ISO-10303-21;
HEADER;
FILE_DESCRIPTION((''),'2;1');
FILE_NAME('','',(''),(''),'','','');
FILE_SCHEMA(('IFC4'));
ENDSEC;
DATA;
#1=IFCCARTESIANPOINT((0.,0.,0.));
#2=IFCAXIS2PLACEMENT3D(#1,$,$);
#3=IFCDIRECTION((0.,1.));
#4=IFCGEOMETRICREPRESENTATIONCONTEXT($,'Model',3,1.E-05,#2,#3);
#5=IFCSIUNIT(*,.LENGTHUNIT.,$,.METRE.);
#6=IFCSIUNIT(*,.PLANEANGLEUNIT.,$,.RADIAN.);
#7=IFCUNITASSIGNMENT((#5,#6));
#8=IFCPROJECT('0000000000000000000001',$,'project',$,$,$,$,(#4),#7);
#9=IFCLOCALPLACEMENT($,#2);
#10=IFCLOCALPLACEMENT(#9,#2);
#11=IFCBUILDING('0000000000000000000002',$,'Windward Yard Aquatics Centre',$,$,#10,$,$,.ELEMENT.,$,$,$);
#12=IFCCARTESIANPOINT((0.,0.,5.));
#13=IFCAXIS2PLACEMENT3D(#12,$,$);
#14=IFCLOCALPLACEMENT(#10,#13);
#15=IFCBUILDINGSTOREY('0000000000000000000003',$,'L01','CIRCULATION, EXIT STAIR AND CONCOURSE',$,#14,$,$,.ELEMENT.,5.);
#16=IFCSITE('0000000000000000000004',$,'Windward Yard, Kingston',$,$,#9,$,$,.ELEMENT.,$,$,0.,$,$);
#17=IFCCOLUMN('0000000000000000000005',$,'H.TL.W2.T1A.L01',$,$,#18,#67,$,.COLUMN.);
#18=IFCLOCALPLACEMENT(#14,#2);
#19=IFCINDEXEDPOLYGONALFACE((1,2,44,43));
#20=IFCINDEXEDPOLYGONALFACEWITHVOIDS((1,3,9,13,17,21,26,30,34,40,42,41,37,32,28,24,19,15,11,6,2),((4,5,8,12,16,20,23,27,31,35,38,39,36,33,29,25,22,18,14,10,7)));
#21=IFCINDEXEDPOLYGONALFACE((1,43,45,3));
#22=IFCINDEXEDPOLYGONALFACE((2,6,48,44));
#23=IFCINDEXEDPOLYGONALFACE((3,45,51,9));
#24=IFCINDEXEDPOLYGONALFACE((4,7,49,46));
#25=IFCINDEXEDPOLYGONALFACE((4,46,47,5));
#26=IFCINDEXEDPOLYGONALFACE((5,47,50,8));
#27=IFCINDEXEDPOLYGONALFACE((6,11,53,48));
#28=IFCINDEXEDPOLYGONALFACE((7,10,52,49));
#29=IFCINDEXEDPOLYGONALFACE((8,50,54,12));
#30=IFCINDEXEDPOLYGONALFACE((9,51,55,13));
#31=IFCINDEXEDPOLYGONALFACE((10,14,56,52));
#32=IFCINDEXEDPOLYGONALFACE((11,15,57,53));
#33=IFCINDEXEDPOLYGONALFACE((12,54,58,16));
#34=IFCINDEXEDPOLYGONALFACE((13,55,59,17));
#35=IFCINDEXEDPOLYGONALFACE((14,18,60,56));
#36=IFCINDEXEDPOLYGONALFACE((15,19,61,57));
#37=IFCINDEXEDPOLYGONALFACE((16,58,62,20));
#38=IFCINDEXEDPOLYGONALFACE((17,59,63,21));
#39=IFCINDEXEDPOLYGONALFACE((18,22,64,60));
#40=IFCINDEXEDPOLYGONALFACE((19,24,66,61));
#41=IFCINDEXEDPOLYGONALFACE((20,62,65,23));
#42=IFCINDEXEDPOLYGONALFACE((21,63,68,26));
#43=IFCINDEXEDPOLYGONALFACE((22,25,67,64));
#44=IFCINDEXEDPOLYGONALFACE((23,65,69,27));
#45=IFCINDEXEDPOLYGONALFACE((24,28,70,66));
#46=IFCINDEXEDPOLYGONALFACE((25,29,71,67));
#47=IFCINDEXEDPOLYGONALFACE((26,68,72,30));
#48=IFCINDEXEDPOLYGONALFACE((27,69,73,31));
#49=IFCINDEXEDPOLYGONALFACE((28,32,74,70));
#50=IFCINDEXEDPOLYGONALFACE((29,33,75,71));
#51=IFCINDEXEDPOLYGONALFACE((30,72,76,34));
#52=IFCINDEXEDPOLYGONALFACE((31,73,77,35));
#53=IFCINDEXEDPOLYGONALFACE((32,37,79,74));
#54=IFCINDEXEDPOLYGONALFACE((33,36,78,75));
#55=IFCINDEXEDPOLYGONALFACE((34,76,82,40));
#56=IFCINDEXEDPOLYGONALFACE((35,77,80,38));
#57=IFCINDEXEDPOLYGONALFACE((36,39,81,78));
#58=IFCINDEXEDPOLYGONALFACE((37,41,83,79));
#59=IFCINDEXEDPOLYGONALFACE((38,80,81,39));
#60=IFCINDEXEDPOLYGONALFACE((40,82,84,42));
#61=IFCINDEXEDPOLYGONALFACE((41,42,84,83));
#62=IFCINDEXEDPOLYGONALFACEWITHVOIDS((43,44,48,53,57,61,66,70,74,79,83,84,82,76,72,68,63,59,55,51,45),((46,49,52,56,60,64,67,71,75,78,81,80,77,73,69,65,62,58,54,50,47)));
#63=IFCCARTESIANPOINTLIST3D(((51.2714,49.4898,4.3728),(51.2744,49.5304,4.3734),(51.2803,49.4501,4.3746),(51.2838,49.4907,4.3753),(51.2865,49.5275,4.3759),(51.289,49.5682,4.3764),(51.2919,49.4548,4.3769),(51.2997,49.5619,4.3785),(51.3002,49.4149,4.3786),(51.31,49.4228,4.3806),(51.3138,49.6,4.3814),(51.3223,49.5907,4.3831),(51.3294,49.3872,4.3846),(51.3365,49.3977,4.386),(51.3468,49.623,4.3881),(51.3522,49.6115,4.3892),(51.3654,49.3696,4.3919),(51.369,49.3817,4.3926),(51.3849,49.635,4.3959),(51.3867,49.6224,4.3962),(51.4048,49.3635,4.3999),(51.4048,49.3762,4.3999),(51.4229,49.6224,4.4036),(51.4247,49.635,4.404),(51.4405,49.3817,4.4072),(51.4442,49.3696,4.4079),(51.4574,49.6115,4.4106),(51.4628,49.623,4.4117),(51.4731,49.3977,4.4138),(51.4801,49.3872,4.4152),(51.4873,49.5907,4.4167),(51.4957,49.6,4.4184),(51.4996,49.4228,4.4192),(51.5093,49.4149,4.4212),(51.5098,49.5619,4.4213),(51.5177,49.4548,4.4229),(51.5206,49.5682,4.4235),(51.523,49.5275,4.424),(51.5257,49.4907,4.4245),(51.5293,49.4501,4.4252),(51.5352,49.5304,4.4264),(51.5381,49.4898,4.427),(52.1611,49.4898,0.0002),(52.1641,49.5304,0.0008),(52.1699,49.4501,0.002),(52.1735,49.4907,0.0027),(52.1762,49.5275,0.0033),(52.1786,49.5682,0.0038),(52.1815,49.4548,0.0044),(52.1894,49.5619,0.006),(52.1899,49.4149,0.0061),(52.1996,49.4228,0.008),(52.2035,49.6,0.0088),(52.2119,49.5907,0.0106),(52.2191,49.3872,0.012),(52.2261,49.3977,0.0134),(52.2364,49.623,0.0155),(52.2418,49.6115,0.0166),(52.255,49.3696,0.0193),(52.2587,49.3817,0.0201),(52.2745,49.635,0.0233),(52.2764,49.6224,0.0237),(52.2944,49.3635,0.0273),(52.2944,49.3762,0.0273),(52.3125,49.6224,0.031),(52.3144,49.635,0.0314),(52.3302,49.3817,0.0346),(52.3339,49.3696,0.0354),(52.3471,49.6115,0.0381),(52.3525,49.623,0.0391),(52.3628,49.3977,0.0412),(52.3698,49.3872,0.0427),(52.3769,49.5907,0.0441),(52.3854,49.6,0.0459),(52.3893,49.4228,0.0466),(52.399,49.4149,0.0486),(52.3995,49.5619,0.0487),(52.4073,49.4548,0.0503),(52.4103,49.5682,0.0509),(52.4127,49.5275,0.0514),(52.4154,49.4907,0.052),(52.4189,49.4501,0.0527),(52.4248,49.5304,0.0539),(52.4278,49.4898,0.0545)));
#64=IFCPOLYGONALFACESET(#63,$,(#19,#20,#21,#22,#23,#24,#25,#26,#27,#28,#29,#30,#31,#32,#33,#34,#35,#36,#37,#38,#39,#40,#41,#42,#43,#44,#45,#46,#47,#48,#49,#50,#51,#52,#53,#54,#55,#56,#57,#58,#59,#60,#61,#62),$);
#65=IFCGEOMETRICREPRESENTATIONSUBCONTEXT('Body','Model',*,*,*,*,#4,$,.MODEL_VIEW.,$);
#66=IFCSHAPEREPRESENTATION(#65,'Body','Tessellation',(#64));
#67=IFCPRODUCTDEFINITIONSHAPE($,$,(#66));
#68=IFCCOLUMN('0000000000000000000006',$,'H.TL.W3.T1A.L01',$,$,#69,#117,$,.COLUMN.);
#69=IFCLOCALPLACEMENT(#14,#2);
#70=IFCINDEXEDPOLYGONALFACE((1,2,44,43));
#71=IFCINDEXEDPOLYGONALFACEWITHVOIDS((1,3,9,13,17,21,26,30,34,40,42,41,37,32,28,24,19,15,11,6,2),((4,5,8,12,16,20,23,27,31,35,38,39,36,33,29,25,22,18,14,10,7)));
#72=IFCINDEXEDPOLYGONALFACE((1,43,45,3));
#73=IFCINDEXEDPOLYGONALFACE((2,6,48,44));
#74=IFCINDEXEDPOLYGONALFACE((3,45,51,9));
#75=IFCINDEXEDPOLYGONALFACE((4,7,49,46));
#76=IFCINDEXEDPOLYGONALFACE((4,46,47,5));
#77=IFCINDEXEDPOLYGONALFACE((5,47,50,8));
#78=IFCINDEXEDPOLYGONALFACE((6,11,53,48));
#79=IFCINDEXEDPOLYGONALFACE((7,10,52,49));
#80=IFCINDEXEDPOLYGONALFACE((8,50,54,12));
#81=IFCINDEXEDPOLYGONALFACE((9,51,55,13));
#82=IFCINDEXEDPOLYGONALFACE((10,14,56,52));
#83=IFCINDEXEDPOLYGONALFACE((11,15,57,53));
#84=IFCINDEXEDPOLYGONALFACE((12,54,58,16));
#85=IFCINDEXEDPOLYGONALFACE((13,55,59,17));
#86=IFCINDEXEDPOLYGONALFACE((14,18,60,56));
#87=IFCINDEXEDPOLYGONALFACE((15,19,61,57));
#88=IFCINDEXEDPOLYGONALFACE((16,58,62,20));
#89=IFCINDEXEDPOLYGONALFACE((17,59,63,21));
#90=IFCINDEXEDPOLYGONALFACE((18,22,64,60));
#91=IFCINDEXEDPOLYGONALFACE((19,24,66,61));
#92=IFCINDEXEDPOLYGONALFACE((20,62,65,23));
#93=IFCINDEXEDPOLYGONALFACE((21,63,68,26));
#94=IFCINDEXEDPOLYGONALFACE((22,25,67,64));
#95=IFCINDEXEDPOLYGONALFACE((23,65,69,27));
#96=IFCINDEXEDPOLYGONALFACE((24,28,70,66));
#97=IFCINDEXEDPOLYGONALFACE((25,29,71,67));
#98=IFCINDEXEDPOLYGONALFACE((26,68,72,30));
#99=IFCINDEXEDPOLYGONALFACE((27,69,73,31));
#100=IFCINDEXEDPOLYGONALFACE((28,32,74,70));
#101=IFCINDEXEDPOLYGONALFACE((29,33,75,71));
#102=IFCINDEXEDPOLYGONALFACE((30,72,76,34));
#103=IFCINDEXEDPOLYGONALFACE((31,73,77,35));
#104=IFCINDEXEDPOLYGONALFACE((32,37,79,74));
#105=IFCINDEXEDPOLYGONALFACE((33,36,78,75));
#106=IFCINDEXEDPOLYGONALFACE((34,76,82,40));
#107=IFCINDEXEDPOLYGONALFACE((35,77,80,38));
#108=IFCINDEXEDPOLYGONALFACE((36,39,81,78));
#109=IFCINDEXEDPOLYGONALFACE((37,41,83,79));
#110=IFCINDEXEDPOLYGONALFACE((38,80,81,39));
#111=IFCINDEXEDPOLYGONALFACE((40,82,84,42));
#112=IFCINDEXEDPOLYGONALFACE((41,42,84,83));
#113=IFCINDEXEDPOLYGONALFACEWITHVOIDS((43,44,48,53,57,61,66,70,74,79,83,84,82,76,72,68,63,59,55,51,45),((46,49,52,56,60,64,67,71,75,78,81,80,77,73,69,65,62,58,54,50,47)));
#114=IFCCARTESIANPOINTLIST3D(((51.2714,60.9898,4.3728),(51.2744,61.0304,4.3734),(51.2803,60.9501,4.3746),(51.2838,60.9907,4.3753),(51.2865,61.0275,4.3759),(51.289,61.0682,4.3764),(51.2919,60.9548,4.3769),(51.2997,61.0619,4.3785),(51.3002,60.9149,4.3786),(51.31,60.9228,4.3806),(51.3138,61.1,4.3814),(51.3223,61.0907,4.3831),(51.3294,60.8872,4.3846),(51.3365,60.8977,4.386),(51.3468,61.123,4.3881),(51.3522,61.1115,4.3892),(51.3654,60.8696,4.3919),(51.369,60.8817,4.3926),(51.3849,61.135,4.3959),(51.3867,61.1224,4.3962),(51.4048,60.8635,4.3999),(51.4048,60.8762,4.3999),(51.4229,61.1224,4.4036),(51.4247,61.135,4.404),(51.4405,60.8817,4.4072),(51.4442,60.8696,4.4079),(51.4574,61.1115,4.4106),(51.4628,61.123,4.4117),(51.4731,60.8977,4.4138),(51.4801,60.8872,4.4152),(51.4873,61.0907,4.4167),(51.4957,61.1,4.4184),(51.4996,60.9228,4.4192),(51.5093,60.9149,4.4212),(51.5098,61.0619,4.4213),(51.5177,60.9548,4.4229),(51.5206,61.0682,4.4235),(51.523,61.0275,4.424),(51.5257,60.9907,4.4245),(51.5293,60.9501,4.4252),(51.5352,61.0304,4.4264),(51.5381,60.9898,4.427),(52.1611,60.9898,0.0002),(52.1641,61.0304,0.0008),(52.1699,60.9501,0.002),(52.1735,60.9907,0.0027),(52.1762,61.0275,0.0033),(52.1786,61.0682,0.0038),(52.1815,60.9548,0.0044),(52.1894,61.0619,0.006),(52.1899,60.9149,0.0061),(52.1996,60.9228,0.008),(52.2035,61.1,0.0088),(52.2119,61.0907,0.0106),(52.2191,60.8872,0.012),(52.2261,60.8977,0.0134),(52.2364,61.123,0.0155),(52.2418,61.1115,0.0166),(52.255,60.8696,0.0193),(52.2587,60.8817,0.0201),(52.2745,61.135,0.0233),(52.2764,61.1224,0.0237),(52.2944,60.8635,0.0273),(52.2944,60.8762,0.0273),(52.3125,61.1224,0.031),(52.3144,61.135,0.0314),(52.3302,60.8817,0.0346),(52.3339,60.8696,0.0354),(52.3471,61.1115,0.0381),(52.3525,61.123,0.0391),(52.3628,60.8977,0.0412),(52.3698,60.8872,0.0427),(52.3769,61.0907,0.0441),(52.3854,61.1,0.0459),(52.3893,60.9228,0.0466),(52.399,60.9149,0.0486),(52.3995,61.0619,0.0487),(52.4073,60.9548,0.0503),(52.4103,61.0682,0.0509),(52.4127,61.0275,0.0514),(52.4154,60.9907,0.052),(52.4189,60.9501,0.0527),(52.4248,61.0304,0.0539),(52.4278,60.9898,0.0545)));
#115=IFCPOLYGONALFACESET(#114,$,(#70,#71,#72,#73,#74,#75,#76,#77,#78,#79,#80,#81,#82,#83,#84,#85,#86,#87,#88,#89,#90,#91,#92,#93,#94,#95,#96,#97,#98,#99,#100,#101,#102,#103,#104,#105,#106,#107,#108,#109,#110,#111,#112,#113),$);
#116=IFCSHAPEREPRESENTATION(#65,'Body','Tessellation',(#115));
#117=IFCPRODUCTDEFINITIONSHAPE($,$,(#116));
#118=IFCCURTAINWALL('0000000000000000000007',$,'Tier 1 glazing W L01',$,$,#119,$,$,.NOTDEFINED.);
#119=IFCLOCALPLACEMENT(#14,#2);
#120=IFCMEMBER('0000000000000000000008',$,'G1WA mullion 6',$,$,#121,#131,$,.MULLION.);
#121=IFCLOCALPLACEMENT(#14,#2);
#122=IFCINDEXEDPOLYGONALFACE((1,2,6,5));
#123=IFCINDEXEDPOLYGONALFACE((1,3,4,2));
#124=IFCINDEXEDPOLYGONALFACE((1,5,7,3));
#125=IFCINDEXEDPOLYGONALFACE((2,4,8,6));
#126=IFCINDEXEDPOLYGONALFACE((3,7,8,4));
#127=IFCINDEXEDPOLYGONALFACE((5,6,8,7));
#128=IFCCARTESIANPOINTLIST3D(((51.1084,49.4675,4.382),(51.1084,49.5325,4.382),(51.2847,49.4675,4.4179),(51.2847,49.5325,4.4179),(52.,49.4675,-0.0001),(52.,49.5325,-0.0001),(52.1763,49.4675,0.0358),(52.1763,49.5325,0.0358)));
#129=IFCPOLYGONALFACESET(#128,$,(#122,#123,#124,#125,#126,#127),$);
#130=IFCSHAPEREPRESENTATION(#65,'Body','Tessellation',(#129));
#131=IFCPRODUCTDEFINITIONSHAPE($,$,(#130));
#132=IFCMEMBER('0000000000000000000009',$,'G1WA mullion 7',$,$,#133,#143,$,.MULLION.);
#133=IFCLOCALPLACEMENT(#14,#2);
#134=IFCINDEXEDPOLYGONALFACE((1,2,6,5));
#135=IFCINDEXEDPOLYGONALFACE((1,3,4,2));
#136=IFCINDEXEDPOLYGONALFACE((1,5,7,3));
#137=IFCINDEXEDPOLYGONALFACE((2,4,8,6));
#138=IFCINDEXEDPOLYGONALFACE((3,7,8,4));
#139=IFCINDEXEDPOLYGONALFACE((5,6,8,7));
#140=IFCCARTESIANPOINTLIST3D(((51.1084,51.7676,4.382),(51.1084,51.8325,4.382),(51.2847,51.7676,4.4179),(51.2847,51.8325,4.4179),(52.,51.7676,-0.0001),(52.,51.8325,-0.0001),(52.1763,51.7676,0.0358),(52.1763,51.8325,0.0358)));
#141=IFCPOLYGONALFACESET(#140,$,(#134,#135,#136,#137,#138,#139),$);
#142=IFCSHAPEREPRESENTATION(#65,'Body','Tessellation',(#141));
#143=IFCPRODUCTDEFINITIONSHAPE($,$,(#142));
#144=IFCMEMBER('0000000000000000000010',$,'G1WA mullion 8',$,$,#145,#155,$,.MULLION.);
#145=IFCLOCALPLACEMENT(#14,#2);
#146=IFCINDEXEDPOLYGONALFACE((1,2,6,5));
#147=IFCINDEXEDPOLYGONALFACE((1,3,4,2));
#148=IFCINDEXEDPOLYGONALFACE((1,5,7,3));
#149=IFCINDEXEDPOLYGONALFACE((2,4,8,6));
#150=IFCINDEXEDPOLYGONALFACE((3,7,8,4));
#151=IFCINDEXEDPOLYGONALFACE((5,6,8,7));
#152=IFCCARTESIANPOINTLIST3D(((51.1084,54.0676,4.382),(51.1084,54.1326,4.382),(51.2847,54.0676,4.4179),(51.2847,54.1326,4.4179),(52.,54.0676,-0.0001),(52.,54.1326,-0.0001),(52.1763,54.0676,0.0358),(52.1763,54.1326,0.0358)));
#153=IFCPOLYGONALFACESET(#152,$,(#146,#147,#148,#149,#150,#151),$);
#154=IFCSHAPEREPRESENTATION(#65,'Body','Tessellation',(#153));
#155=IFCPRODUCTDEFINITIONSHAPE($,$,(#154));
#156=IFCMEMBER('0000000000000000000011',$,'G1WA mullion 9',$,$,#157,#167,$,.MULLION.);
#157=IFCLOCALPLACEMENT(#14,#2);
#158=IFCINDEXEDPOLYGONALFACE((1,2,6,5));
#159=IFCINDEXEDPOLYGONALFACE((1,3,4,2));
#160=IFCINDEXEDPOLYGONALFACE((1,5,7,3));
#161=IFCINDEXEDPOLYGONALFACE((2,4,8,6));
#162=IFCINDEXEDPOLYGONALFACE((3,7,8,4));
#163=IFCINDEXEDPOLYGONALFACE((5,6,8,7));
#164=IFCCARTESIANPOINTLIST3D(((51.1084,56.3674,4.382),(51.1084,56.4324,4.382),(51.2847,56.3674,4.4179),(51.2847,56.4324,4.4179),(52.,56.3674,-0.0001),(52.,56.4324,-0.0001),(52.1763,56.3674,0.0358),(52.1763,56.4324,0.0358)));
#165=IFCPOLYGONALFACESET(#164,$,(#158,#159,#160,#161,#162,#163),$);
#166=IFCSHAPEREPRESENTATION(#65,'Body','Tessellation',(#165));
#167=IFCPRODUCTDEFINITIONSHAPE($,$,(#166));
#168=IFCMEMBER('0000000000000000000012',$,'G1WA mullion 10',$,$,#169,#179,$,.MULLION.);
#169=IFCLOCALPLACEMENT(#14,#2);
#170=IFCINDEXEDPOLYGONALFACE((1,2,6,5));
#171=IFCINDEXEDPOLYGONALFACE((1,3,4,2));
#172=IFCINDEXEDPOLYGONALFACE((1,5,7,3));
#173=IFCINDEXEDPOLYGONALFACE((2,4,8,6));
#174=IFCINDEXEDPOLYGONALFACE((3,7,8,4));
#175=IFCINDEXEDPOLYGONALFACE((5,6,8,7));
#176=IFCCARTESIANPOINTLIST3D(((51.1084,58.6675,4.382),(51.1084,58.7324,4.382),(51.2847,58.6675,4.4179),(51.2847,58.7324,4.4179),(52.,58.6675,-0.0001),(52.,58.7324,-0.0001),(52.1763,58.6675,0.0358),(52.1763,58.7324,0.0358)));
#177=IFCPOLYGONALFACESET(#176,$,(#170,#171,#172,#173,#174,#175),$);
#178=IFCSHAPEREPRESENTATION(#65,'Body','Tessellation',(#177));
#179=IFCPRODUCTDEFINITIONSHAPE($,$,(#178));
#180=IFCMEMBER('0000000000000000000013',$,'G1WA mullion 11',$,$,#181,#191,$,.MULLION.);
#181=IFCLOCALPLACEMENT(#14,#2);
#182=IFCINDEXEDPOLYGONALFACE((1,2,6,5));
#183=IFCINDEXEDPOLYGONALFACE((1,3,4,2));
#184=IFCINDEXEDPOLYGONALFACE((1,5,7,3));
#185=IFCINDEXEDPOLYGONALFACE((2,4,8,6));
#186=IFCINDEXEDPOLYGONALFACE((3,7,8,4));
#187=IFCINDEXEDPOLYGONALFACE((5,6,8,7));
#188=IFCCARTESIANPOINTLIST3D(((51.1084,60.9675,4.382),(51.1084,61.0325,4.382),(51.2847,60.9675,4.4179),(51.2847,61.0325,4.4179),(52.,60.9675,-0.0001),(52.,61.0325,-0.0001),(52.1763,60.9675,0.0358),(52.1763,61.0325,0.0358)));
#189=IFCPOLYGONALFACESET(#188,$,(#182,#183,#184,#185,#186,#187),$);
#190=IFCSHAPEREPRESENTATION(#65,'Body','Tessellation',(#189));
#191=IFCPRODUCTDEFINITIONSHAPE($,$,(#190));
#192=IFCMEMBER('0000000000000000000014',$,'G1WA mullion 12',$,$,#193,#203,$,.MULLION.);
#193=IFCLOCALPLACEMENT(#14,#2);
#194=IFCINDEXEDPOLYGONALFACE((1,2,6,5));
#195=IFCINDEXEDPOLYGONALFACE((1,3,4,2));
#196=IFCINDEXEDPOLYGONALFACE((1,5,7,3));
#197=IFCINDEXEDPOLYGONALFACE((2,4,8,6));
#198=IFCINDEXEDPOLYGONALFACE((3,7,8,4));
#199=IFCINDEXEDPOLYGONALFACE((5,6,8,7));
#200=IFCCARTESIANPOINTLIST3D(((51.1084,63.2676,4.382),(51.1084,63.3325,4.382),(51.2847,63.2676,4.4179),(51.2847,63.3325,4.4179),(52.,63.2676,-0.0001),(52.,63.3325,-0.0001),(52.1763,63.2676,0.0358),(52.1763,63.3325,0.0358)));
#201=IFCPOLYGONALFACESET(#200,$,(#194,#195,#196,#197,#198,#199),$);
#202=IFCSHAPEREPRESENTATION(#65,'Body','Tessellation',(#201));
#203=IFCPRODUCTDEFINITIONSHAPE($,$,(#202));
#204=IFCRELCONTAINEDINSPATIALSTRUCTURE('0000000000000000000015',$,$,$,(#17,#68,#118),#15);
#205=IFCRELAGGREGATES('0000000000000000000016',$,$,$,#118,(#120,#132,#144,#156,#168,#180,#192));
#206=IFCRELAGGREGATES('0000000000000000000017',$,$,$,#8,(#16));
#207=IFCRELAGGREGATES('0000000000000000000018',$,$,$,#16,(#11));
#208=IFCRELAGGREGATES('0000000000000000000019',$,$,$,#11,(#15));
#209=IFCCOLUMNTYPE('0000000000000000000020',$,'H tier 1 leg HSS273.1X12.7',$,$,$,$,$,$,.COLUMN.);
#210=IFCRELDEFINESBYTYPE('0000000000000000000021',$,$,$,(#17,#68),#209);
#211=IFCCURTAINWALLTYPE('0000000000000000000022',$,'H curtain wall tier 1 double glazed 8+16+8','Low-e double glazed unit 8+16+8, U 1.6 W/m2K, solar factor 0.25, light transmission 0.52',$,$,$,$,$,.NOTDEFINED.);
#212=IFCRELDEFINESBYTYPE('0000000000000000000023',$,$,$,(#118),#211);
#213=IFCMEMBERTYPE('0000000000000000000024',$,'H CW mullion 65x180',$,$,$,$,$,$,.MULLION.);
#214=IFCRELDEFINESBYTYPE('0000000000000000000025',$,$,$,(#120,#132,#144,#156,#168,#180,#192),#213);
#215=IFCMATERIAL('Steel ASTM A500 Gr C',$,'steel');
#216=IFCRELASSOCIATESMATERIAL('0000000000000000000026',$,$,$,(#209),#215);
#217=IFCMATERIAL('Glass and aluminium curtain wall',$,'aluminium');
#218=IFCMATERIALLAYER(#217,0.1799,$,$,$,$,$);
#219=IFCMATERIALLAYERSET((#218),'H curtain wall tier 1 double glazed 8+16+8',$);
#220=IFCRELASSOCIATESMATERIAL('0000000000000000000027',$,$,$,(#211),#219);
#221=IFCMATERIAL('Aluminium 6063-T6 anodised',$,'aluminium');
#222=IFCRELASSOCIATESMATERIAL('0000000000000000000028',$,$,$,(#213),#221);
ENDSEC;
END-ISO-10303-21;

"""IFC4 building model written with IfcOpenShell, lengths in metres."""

from ifc_helpers import new_model, si_unit, direction, frame, origin, origin_2d, place, context, subcontext, project, spatial, rectangle, hollow_circle, extrude, material, layer, layer_set, material_profile, profile_set, type_object, element, aggregate, save


model = new_model("IFC4")

# Units and contexts
model_context = context("Model", 3, precision=1e-05, world=origin(), true_north=direction((0.0, 1.0)))
body_context = subcontext(model_context, "Body", "Model", "MODEL_VIEW")
ifc_project = project(units=[si_unit("LENGTHUNIT", "METRE"), si_unit("PLANEANGLEUNIT", "RADIAN")], contexts=[model_context])

# Site, building, storey
site_placement = place(None, origin())
site = spatial("IfcSite", under=ifc_project, at=site_placement, Name="Windward Yard, Kingston", CompositionType="ELEMENT", RefElevation=0.0)
building_placement = place(site_placement, origin())
building = spatial("IfcBuilding", under=site, at=building_placement, Name="Windward Yard Aquatics Centre", CompositionType="ELEMENT")
storey_placement = place(building_placement, frame((0.0, 0.0, 5.0)))
storey = spatial("IfcBuildingStorey", under=building, at=storey_placement, Name="L01", Description="CIRCULATION, EXIT STAIR AND CONCOURSE", CompositionType="ELEMENT", Elevation=5.0)

# Columns
ifc_material_1 = material(Name="Steel ASTM A500 Gr C", Category="steel")
ifc_material_profile_1 = material_profile(ifc_material_1, hollow_circle(Radius=0.1365, WallThickness=0.0127, at=origin_2d()), Name="HSS273.1X12.7")
ifc_profile_set_1 = profile_set([ifc_material_profile_1], Name="Steel ASTM A500 Gr C")
column_type = type_object("IfcColumnType", Name="H tier 1 leg HSS273.1X12.7", PredefinedType="COLUMN", material=ifc_profile_set_1)
for number, where, z_axis, x_axis, name in (
    (1, (52.2944, 49.5, 0.0273), (-0.199377, 0.0, 0.979923), (0.0, -1.0, 0.0), "H.TL.W2.T1A.L01"),
    (2, (52.2944, 61.0, 0.0273), (-0.199377, 0.0, 0.979923), (0.0, -1.0, 0.0), "H.TL.W3.T1A.L01"),
):
    element("IfcColumn", number, at=place(storey_placement, frame(where, z_axis=z_axis, x_axis=x_axis)), inside=storey, type_object=column_type, Name=name, PredefinedType="COLUMN", context=body_context, shape_type="SweptSolid", body=[
        extrude(hollow_circle(Radius=0.1365, WallThickness=0.0127, at=origin_2d()), origin(), (0.0, 0.0, 1.0), 4.4622),
    ])

# Curtain wall, members
ifc_material_2 = material(Name="Glass and aluminium curtain wall", Category="aluminium")
ifc_layer_1 = layer(ifc_material_2, 0.1799)
ifc_layer_set_1 = layer_set([ifc_layer_1], Name="H curtain wall tier 1 double glazed 8+16+8")
curtain_wall_type = type_object("IfcCurtainWallType", Name="H curtain wall tier 1 double glazed 8+16+8", Description="Low-e double glazed unit 8+16+8, U 1.6 W/m2K, solar factor 0.25, light transmission 0.52", PredefinedType="NOTDEFINED", material=ifc_layer_set_1)
curtain_wall_placement = place(storey_placement, origin())
curtain_wall = element("IfcCurtainWall", 3, at=curtain_wall_placement, inside=storey, type_object=curtain_wall_type, Name="Tier 1 glazing W L01", PredefinedType="NOTDEFINED")
ifc_material_3 = material(Name="Aluminium 6063-T6 anodised", Category="aluminium")
ifc_material_profile_2 = material_profile(ifc_material_3, rectangle(XDim=0.0649, YDim=0.1799, at=origin_2d()), Name="H CW mullion 65x180")
ifc_profile_set_2 = profile_set([ifc_material_profile_2], Name="Aluminium 6063-T6 anodised")
member_type_1 = type_object("IfcMemberType", Name="H CW mullion 65x180", PredefinedType="MULLION", material=ifc_profile_set_2)
member_1_placement = place(storey_placement, frame((52.0881, 49.5, 0.0178), z_axis=(-0.19938, 0.0, 0.979922), x_axis=(0.0, -1.0, 0.0)))
member_1 = element("IfcMember", 4, at=member_1_placement, type_object=member_type_1, Name="G1WA mullion 6", PredefinedType="MULLION", context=body_context, shape_type="SweptSolid", body=[
    extrude(rectangle(XDim=0.0649, YDim=0.1799, at=origin_2d()), origin(), (0.0, 0.0, 1.0), 4.4719),
])
member_2_placement = place(storey_placement, frame((52.0881, 51.8, 0.0178), z_axis=(-0.19938, 0.0, 0.979922), x_axis=(0.0, -1.0, 0.0)))
member_2 = element("IfcMember", 5, at=member_2_placement, type_object=member_type_1, Name="G1WA mullion 7", PredefinedType="MULLION", context=body_context, shape_type="SweptSolid", body=[
    extrude(rectangle(XDim=0.0649, YDim=0.1799, at=origin_2d()), origin(), (0.0, 0.0, 1.0), 4.4719),
])
member_3_placement = place(storey_placement, frame((52.0881, 54.1001, 0.0178), z_axis=(-0.19938, 0.0, 0.979922), x_axis=(0.0, -1.0, 0.0)))
member_3 = element("IfcMember", 6, at=member_3_placement, type_object=member_type_1, Name="G1WA mullion 8", PredefinedType="MULLION", context=body_context, shape_type="SweptSolid", body=[
    extrude(rectangle(XDim=0.0649, YDim=0.1799, at=origin_2d()), origin(), (0.0, 0.0, 1.0), 4.4719),
])
member_4_placement = place(storey_placement, frame((52.0881, 56.3999, 0.0178), z_axis=(-0.19938, 0.0, 0.979922), x_axis=(0.0, -1.0, 0.0)))
member_4 = element("IfcMember", 7, at=member_4_placement, type_object=member_type_1, Name="G1WA mullion 9", PredefinedType="MULLION", context=body_context, shape_type="SweptSolid", body=[
    extrude(rectangle(XDim=0.0649, YDim=0.1799, at=origin_2d()), origin(), (0.0, 0.0, 1.0), 4.4719),
])
member_5_placement = place(storey_placement, frame((52.0881, 58.7, 0.0178), z_axis=(-0.19938, 0.0, 0.979922), x_axis=(0.0, -1.0, 0.0)))
member_5 = element("IfcMember", 8, at=member_5_placement, type_object=member_type_1, Name="G1WA mullion 10", PredefinedType="MULLION", context=body_context, shape_type="SweptSolid", body=[
    extrude(rectangle(XDim=0.0649, YDim=0.1799, at=origin_2d()), origin(), (0.0, 0.0, 1.0), 4.4719),
])
member_6_placement = place(storey_placement, frame((52.0881, 61.0, 0.0178), z_axis=(-0.19938, 0.0, 0.979922), x_axis=(0.0, -1.0, 0.0)))
member_6 = element("IfcMember", 9, at=member_6_placement, type_object=member_type_1, Name="G1WA mullion 11", PredefinedType="MULLION", context=body_context, shape_type="SweptSolid", body=[
    extrude(rectangle(XDim=0.0649, YDim=0.1799, at=origin_2d()), origin(), (0.0, 0.0, 1.0), 4.4719),
])
member_7_placement = place(storey_placement, frame((52.0881, 63.3, 0.0178), z_axis=(-0.19938, 0.0, 0.979922), x_axis=(0.0, -1.0, 0.0)))
member_7 = element("IfcMember", 10, at=member_7_placement, type_object=member_type_1, Name="G1WA mullion 12", PredefinedType="MULLION", context=body_context, shape_type="SweptSolid", body=[
    extrude(rectangle(XDim=0.0649, YDim=0.1799, at=origin_2d()), origin(), (0.0, 0.0, 1.0), 4.4719),
])
aggregate(curtain_wall, [member_1, member_2, member_3, member_4, member_5, member_6, member_7])

save(model, "model.ifc")
